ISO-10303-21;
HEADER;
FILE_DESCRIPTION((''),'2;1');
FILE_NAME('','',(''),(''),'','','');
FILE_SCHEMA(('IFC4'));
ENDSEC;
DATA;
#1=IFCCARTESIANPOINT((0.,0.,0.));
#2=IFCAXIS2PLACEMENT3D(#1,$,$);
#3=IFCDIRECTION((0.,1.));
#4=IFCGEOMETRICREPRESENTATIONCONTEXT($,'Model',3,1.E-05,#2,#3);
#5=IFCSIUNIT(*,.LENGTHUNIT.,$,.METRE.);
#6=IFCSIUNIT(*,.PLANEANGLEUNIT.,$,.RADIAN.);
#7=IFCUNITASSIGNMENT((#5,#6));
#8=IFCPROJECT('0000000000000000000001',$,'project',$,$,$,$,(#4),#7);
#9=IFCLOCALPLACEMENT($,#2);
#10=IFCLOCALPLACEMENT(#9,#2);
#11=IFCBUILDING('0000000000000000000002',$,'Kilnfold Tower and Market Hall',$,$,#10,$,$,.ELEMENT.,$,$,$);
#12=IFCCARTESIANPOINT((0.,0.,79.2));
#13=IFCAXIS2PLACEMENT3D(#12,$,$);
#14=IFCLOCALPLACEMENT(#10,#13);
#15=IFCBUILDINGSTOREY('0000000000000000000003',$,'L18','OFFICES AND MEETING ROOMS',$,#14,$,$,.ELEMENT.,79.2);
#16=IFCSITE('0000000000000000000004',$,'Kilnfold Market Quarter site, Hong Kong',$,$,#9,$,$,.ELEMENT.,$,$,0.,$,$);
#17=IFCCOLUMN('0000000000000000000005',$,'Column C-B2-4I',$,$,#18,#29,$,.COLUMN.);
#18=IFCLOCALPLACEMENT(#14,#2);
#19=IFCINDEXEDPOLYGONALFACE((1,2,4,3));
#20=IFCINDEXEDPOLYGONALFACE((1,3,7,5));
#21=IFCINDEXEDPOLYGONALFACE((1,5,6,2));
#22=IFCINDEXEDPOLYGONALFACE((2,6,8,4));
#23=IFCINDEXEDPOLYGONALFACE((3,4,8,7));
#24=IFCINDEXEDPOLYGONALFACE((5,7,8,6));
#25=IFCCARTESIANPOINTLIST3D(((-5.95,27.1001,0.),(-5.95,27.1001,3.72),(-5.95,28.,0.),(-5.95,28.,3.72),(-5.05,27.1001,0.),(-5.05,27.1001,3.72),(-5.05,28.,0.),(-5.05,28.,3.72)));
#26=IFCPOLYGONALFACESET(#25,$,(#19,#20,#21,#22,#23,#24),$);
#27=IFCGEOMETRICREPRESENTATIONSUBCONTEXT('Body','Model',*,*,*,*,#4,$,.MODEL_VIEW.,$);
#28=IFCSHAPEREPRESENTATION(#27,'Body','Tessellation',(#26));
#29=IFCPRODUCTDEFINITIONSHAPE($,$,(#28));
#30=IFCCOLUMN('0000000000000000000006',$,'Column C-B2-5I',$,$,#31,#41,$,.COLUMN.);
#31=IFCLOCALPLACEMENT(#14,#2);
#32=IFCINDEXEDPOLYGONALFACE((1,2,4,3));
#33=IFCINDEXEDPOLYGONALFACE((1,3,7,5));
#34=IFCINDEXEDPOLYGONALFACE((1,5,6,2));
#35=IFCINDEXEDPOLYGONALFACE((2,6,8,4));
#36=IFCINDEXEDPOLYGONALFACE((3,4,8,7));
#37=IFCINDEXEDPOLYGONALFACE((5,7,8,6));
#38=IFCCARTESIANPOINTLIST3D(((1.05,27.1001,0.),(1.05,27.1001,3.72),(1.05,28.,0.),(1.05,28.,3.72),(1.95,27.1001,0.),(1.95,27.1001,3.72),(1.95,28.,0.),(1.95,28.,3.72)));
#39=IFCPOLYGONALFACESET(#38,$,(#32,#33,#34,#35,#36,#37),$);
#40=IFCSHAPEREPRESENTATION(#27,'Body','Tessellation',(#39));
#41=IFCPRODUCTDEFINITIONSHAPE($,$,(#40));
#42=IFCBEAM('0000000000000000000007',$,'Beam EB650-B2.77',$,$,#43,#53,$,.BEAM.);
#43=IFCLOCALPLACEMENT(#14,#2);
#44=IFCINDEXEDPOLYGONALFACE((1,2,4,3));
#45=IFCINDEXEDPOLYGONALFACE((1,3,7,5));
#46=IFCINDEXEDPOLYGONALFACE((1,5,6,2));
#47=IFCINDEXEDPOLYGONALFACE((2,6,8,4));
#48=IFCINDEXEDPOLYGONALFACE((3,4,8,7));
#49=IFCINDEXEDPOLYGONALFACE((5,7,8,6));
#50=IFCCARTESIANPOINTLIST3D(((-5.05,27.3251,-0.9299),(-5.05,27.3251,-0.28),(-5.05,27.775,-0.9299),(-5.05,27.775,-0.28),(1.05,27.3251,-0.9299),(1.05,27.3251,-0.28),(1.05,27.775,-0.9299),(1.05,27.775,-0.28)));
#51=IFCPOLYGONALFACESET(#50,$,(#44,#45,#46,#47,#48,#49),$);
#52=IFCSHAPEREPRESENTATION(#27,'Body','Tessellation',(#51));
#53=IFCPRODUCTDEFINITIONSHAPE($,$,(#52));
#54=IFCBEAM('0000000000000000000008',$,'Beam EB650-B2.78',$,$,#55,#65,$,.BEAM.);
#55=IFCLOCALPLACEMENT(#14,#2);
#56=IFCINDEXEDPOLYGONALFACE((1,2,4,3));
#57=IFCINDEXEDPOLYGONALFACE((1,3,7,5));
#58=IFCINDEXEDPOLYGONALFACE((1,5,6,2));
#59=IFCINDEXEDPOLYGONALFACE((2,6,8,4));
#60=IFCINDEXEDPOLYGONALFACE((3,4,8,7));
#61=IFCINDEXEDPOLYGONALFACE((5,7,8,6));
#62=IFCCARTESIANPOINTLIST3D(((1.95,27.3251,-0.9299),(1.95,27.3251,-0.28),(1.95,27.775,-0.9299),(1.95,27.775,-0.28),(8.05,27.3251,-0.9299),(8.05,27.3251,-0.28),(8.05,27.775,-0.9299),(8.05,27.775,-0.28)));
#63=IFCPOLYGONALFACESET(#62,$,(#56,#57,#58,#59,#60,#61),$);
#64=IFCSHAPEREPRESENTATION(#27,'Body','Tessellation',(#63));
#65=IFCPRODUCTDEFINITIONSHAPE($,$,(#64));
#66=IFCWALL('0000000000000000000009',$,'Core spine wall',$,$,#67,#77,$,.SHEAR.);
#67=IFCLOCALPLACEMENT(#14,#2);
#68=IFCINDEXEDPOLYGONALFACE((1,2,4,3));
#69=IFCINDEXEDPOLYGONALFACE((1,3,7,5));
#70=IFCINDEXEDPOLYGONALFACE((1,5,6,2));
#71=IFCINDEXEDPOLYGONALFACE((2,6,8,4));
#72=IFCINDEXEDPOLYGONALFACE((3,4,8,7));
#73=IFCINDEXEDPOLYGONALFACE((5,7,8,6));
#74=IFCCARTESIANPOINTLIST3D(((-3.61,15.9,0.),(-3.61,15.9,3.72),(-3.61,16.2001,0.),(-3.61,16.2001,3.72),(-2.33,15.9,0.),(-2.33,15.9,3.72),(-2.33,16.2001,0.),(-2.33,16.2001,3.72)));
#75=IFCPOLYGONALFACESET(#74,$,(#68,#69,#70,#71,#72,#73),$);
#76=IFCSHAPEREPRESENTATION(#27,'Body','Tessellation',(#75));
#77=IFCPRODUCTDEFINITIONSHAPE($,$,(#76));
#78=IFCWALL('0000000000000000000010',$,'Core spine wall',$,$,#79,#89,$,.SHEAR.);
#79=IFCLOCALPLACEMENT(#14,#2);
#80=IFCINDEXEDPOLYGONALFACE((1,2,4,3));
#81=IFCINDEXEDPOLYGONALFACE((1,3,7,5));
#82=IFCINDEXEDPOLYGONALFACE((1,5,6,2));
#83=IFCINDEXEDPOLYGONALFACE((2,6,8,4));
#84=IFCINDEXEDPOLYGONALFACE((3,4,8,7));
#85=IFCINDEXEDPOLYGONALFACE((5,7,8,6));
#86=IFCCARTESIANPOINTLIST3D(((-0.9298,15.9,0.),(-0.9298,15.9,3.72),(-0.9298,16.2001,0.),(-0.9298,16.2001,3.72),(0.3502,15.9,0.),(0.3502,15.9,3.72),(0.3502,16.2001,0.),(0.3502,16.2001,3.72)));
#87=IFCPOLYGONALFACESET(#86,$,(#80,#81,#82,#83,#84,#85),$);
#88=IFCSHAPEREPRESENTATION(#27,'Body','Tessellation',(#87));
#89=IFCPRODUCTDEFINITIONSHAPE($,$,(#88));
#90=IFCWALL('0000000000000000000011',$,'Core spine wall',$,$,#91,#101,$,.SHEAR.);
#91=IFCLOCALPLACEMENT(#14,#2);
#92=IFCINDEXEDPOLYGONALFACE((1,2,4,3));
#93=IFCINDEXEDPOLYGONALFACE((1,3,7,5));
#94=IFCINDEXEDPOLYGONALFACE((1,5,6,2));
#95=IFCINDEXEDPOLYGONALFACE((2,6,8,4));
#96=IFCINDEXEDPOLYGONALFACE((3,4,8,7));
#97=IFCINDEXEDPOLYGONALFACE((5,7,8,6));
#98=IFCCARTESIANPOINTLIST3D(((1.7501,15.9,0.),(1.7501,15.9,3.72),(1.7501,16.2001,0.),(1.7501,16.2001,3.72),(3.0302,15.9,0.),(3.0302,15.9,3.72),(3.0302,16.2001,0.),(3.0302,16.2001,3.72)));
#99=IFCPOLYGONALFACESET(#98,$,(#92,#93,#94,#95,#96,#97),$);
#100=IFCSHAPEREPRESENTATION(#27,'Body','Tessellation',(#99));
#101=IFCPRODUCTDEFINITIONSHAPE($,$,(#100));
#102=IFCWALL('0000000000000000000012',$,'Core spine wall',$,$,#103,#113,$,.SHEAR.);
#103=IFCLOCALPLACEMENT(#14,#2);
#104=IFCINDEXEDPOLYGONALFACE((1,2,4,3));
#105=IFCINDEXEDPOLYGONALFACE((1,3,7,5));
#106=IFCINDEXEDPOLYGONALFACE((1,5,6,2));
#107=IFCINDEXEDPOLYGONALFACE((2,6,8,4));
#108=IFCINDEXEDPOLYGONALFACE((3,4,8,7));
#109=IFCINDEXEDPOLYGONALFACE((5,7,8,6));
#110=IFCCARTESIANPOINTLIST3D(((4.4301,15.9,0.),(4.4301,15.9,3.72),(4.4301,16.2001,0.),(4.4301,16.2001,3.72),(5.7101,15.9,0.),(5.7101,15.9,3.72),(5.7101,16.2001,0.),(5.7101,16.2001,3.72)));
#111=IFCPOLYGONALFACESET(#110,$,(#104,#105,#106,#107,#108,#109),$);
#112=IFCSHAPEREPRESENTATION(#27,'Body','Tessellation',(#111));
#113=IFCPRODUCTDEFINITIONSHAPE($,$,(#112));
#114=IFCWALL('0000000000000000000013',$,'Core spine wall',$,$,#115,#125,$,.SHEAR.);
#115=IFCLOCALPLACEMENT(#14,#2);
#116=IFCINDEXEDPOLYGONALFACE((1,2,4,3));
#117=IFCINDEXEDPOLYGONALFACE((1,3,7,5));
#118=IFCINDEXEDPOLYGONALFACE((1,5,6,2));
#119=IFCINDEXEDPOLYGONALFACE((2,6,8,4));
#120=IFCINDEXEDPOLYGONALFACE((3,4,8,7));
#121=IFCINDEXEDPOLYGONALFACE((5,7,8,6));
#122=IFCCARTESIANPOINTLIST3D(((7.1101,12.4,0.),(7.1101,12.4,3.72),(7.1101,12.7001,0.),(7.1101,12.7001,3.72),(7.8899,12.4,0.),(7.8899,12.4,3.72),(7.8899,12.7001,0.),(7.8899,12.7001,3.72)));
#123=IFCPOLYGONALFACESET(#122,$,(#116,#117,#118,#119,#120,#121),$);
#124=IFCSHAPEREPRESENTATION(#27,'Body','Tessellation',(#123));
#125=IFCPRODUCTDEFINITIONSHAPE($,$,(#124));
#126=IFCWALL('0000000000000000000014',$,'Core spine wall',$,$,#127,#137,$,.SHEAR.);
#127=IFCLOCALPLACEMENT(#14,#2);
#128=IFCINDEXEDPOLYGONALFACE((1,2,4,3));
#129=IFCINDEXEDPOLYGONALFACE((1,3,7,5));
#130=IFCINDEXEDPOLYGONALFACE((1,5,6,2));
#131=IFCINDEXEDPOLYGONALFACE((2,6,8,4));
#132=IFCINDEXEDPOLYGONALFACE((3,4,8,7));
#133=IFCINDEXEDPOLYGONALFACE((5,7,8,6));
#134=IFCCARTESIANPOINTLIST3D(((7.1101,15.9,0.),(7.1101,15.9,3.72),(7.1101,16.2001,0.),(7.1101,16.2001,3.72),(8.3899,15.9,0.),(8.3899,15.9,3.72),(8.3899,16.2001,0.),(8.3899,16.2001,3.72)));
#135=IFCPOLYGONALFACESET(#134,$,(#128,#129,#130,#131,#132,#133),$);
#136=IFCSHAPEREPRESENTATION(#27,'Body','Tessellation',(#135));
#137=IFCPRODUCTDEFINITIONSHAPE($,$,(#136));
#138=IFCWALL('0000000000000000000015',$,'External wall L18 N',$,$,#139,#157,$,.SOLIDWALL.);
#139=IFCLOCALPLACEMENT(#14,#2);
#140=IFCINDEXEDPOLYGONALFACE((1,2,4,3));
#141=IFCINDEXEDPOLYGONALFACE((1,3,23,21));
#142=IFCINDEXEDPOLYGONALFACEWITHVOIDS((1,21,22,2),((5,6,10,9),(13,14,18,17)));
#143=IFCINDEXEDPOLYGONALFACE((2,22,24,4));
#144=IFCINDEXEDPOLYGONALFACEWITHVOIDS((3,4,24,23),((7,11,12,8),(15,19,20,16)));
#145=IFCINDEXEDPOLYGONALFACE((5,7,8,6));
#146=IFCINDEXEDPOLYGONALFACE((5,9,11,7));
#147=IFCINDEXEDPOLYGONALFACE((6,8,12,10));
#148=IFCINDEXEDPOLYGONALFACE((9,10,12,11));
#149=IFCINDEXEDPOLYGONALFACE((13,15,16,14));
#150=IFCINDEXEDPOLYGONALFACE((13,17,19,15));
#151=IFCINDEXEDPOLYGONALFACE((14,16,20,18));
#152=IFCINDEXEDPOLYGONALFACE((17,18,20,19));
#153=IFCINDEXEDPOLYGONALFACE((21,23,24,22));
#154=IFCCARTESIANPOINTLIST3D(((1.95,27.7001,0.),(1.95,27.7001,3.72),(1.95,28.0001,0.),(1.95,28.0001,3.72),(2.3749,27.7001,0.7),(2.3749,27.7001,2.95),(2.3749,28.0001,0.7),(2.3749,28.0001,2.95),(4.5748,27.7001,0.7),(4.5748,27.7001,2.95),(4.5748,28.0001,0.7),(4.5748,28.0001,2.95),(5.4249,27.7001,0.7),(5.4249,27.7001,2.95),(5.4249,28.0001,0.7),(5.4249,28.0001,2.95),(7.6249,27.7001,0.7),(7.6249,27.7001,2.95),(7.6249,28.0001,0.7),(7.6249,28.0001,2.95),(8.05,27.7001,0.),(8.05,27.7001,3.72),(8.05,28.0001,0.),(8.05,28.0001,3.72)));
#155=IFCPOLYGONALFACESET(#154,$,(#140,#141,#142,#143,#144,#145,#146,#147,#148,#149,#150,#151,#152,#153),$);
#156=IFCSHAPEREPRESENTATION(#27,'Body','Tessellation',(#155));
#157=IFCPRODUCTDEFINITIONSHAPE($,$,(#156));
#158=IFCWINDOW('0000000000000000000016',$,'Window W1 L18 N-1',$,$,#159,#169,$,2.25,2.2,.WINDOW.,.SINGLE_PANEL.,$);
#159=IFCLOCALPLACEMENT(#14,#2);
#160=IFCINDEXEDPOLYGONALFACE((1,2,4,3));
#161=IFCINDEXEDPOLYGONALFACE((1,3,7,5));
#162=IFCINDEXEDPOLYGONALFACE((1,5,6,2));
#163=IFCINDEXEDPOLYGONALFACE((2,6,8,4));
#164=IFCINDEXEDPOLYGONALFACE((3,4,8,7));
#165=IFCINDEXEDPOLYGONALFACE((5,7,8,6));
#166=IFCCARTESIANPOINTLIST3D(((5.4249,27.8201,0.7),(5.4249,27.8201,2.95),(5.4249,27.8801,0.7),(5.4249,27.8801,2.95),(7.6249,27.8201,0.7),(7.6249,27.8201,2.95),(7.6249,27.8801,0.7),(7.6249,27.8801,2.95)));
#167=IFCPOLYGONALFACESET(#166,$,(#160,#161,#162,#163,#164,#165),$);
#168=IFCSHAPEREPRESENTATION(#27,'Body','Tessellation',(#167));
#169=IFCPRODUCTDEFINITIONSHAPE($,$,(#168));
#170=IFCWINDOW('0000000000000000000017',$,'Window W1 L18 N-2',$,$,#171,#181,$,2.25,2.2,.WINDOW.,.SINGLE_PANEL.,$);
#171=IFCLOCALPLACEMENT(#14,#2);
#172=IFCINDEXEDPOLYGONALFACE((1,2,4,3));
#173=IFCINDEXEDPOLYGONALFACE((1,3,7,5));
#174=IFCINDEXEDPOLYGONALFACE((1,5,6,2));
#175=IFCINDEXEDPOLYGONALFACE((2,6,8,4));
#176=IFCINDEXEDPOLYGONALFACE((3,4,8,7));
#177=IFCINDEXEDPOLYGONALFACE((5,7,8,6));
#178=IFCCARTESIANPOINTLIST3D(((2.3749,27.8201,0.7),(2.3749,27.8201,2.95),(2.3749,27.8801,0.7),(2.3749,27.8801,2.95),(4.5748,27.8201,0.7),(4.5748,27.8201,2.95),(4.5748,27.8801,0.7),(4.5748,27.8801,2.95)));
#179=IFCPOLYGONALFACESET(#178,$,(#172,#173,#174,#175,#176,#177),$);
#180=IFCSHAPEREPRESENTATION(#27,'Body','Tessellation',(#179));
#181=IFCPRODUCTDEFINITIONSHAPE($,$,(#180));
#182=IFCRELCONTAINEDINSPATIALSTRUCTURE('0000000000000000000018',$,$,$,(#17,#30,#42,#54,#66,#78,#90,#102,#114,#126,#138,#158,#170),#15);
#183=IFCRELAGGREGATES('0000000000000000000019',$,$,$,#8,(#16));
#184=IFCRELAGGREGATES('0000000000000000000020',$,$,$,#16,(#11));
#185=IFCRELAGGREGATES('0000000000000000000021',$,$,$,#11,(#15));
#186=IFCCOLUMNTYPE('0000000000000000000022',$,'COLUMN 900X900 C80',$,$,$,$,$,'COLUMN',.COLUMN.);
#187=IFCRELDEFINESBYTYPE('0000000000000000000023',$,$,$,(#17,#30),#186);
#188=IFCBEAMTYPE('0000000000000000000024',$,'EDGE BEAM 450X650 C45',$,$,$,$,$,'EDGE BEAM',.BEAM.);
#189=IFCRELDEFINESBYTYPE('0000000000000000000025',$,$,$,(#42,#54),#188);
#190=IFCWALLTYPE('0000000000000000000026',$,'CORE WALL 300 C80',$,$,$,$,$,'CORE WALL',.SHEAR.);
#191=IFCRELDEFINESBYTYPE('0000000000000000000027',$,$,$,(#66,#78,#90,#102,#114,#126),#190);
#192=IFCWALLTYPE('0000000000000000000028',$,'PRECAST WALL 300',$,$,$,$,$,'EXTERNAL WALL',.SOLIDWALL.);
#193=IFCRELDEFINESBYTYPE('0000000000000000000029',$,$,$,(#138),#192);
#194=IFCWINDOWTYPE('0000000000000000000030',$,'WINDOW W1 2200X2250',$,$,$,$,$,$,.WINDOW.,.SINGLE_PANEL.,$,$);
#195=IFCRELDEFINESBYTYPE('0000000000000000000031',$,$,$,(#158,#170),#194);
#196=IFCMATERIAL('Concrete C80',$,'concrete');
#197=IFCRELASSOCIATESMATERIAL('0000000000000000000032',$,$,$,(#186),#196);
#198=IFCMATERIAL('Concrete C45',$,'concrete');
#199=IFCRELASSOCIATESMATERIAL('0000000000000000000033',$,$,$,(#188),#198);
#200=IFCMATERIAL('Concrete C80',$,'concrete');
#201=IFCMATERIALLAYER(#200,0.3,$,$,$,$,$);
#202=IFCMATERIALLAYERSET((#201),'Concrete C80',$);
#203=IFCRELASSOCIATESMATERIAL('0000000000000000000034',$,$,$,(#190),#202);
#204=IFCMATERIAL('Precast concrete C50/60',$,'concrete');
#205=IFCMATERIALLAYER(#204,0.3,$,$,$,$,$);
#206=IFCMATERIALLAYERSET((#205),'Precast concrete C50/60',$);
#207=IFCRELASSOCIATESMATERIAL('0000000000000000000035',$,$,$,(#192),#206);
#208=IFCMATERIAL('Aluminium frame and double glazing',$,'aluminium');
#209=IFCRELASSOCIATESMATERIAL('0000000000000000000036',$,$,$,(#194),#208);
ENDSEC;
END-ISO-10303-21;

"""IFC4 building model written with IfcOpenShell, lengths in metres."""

from ifc_helpers import new_model, si_unit, direction, frame, frame_2d, origin, origin_2d, place, context, subcontext, project, spatial, rectangle, extrude, source, transform, mapped, material, layer, layer_set, material_profile, profile_set, type_object, element, fill, save


model = new_model("IFC4")

# Units and contexts
model_context = context("Model", 3, precision=1e-05, world=origin(), true_north=direction((0.0, 1.0)))
body_context = subcontext(model_context, "Body", "Model", "MODEL_VIEW")
ifc_project = project(units=[si_unit("LENGTHUNIT", "METRE"), si_unit("PLANEANGLEUNIT", "RADIAN")], contexts=[model_context])

# Site, building, storey
site_placement = place(None, origin())
site = spatial("IfcSite", under=ifc_project, at=site_placement, Name="Kilnfold Market Quarter site, Hong Kong", CompositionType="ELEMENT", RefElevation=0.0)
building_placement = place(site_placement, origin())
building = spatial("IfcBuilding", under=site, at=building_placement, Name="Kilnfold Tower and Market Hall", CompositionType="ELEMENT")
storey_placement = place(building_placement, frame((0.0, 0.0, 79.2)))
storey = spatial("IfcBuildingStorey", under=building, at=storey_placement, Name="L18", Description="OFFICES AND MEETING ROOMS", CompositionType="ELEMENT", Elevation=79.2)

# Columns
ifc_material_1 = material(Name="Concrete C80", Category="concrete")
ifc_material_profile_1 = material_profile(ifc_material_1, rectangle(XDim=0.8999, YDim=0.8999, at=origin_2d()), Name="RC 900x900")
ifc_profile_set_1 = profile_set([ifc_material_profile_1], Name="Concrete C80")
column_type = type_object("IfcColumnType", Name="COLUMN 900X900 C80", ElementType="COLUMN", PredefinedType="COLUMN", material=ifc_profile_set_1)
shared_shape_1 = source(origin(), body_context, "Body", "SweptSolid", [
    extrude(rectangle(XDim=0.8999, YDim=0.8999, at=origin_2d()), origin(), (0.0, 0.0, 1.0), 3.72),
])
for number, where, z_axis, x_axis, name in (
    (1, (-5.5, 27.55, 0.0), (0.0, 0.0, 1.0), (1.0, 0.0, 0.0), "Column C-B2-4I"),
    (2, (1.5, 27.55, 0.0), (0.0, 0.0, 1.0), (1.0, 0.0, 0.0), "Column C-B2-5I"),
):
    element("IfcColumn", number, at=place(storey_placement, frame(where, z_axis=z_axis, x_axis=x_axis)), inside=storey, type_object=column_type, Name=name, PredefinedType="COLUMN", context=body_context, shape_type="MappedRepresentation", body=[
        mapped(shared_shape_1, transform((0.0, 0.0, 0.0))),
    ])

# Beams
ifc_material_2 = material(Name="Concrete C45", Category="concrete")
ifc_material_profile_2 = material_profile(ifc_material_2, rectangle(XDim=0.45, YDim=0.6499, at=origin_2d()), Name="RC 450x650")
ifc_profile_set_2 = profile_set([ifc_material_profile_2], Name="Concrete C45")
beam_type = type_object("IfcBeamType", Name="EDGE BEAM 450X650 C45", ElementType="EDGE BEAM", PredefinedType="BEAM", material=ifc_profile_set_2)
shared_shape_2 = source(origin(), body_context, "Body", "SweptSolid", [
    extrude(rectangle(XDim=0.45, YDim=0.6499, at=origin_2d()), origin(), (0.0, 0.0, 1.0), 6.1001),
])
for number, where, z_axis, x_axis, name in (
    (3, (-5.05, 27.55, -0.605), (1.0, 0.0, 0.0), (0.0, 1.0, 0.0), "Beam EB650-B2.77"),
    (4, (1.95, 27.55, -0.605), (1.0, 0.0, 0.0), (0.0, 1.0, 0.0), "Beam EB650-B2.78"),
):
    element("IfcBeam", number, at=place(storey_placement, frame(where, z_axis=z_axis, x_axis=x_axis)), inside=storey, type_object=beam_type, Name=name, PredefinedType="BEAM", context=body_context, shape_type="MappedRepresentation", body=[
        mapped(shared_shape_2, transform((0.0, 0.0, 0.0))),
    ])

# Walls
ifc_material_3 = material(Name="Concrete C80", Category="concrete")
ifc_layer_1 = layer(ifc_material_3, 0.3)
ifc_layer_set_1 = layer_set([ifc_layer_1], Name="Concrete C80")
wall_type_1 = type_object("IfcWallType", Name="CORE WALL 300 C80", ElementType="CORE WALL", PredefinedType="SHEAR", material=ifc_layer_set_1)
shared_shape_3 = source(origin(), body_context, "Body", "SweptSolid", [
    extrude(rectangle(XDim=1.28, YDim=0.3, at=frame_2d((0.6401, 0.0))), origin(), (0.0, 0.0, 1.0), 3.72),
])
for number, where, z_axis, x_axis, name in (
    (5, (-3.6101, 16.05, 0.0), (0.0, 0.0, 1.0), (1.0, 0.0, 0.0), "Core spine wall"),
    (6, (-0.9299, 16.05, 0.0), (0.0, 0.0, 1.0), (1.0, 0.0, 0.0), "Core spine wall"),
    (7, (1.75, 16.05, 0.0), (0.0, 0.0, 1.0), (1.0, 0.0, 0.0), "Core spine wall"),
    (8, (4.4299, 16.05, 0.0), (0.0, 0.0, 1.0), (1.0, 0.0, 0.0), "Core spine wall"),
):
    element("IfcWall", number, at=place(storey_placement, frame(where, z_axis=z_axis, x_axis=x_axis)), inside=storey, type_object=wall_type_1, Name=name, PredefinedType="SHEAR", context=body_context, shape_type="MappedRepresentation", body=[
        mapped(shared_shape_3, transform((0.0, 0.0, 0.0))),
    ])
shared_shape_4 = source(origin(), body_context, "Body", "SweptSolid", [
    extrude(rectangle(XDim=0.7798, YDim=0.3, at=frame_2d((0.3899, 0.0))), origin(), (0.0, 0.0, 1.0), 3.72),
])
wall_1_placement = place(storey_placement, frame((7.1101, 12.55, 0.0), z_axis=(0.0, 0.0, 1.0), x_axis=(1.0, 0.0, 0.0)))
element("IfcWall", 9, at=wall_1_placement, inside=storey, type_object=wall_type_1, Name="Core spine wall", PredefinedType="SHEAR", context=body_context, shape_type="MappedRepresentation", body=[
    mapped(shared_shape_4, transform((0.0, 0.0, 0.0))),
])
shared_shape_5 = source(origin(), body_context, "Body", "SweptSolid", [
    extrude(rectangle(XDim=1.2798, YDim=0.3, at=frame_2d((0.6399, 0.0))), origin(), (0.0, 0.0, 1.0), 3.72),
])
wall_2_placement = place(storey_placement, frame((7.1101, 16.05, 0.0), z_axis=(0.0, 0.0, 1.0), x_axis=(1.0, 0.0, 0.0)))
element("IfcWall", 10, at=wall_2_placement, inside=storey, type_object=wall_type_1, Name="Core spine wall", PredefinedType="SHEAR", context=body_context, shape_type="MappedRepresentation", body=[
    mapped(shared_shape_5, transform((0.0, 0.0, 0.0))),
])

# Wall, openings, windows
ifc_material_4 = material(Name="Precast concrete C50/60", Category="concrete")
ifc_layer_2 = layer(ifc_material_4, 0.3)
ifc_layer_set_2 = layer_set([ifc_layer_2], Name="Precast concrete C50/60")
wall_type_2 = type_object("IfcWallType", Name="PRECAST WALL 300", ElementType="EXTERNAL WALL", PredefinedType="SOLIDWALL", material=ifc_layer_set_2)
shared_shape_6 = source(origin(), body_context, "Body", "SweptSolid", [
    extrude(rectangle(XDim=6.1001, YDim=0.3, at=frame_2d((3.05, 0.0))), origin(), (0.0, 0.0, 1.0), 3.72),
])
wall_3_placement = place(storey_placement, frame((8.05, 27.8501, 0.0), z_axis=(0.0, 0.0, 1.0), x_axis=(-1.0, 0.0, 0.0)))
wall_3 = element("IfcWall", 11, at=wall_3_placement, inside=storey, type_object=wall_type_2, Name="External wall L18 N", PredefinedType="SOLIDWALL", context=body_context, shape_type="MappedRepresentation", body=[
    mapped(shared_shape_6, transform((0.0, 0.0, 0.0))),
])
opening_1_placement = place(wall_3_placement, frame((0.425, 0.0, 0.7)))
opening_1 = element("IfcOpeningElement", 12, at=opening_1_placement, cuts=wall_3, PredefinedType="OPENING", context=body_context, shape_type="SweptSolid", body=[
    extrude(rectangle(XDim=2.2, YDim=2.25, at=frame_2d((1.1001, 1.125))), frame((0.0, 0.1602, 0.0), z_axis=(0.0, -1.0, 0.0), x_axis=(1.0, 0.0, 0.0)), (0.0, 0.0, 1.0), 0.3201),
])
opening_2_placement = place(wall_3_placement, frame((3.4751, 0.0, 0.7)))
opening_2 = element("IfcOpeningElement", 13, at=opening_2_placement, cuts=wall_3, PredefinedType="OPENING", context=body_context, shape_type="SweptSolid", body=[
    extrude(rectangle(XDim=2.2, YDim=2.25, at=frame_2d((1.1001, 1.125))), frame((0.0, 0.1602, 0.0), z_axis=(0.0, -1.0, 0.0), x_axis=(1.0, 0.0, 0.0)), (0.0, 0.0, 1.0), 0.3201),
])
ifc_material_5 = material(Name="Aluminium frame and double glazing", Category="aluminium")
window_type = type_object("IfcWindowType", Name="WINDOW W1 2200X2250", PartitioningType="SINGLE_PANEL", PredefinedType="WINDOW", material=ifc_material_5)
window_1_placement = place(opening_1_placement, origin())
window_1 = element("IfcWindow", 14, at=window_1_placement, inside=storey, type_object=window_type, Name="Window W1 L18 N-1", OverallHeight=2.25, OverallWidth=2.2, PartitioningType="SINGLE_PANEL", PredefinedType="WINDOW", context=body_context, shape_type="SweptSolid", body=[
    extrude(rectangle(XDim=2.2, YDim=2.25, at=frame_2d((1.1001, 1.125))), frame((0.0, 0.03, 0.0), z_axis=(0.0, -1.0, 0.0), x_axis=(1.0, 0.0, 0.0)), (0.0, 0.0, 1.0), 0.0601),
])
fill(opening_1, window_1)
window_2_placement = place(opening_2_placement, origin())
window_2 = element("IfcWindow", 15, at=window_2_placement, inside=storey, type_object=window_type, Name="Window W1 L18 N-2", OverallHeight=2.25, OverallWidth=2.2, PartitioningType="SINGLE_PANEL", PredefinedType="WINDOW", context=body_context, shape_type="SweptSolid", body=[
    extrude(rectangle(XDim=2.2, YDim=2.25, at=frame_2d((1.1001, 1.125))), frame((0.0, 0.03, 0.0), z_axis=(0.0, -1.0, 0.0), x_axis=(1.0, 0.0, 0.0)), (0.0, 0.0, 1.0), 0.0601),
])
fill(opening_2, window_2)

save(model, "model.ifc")
